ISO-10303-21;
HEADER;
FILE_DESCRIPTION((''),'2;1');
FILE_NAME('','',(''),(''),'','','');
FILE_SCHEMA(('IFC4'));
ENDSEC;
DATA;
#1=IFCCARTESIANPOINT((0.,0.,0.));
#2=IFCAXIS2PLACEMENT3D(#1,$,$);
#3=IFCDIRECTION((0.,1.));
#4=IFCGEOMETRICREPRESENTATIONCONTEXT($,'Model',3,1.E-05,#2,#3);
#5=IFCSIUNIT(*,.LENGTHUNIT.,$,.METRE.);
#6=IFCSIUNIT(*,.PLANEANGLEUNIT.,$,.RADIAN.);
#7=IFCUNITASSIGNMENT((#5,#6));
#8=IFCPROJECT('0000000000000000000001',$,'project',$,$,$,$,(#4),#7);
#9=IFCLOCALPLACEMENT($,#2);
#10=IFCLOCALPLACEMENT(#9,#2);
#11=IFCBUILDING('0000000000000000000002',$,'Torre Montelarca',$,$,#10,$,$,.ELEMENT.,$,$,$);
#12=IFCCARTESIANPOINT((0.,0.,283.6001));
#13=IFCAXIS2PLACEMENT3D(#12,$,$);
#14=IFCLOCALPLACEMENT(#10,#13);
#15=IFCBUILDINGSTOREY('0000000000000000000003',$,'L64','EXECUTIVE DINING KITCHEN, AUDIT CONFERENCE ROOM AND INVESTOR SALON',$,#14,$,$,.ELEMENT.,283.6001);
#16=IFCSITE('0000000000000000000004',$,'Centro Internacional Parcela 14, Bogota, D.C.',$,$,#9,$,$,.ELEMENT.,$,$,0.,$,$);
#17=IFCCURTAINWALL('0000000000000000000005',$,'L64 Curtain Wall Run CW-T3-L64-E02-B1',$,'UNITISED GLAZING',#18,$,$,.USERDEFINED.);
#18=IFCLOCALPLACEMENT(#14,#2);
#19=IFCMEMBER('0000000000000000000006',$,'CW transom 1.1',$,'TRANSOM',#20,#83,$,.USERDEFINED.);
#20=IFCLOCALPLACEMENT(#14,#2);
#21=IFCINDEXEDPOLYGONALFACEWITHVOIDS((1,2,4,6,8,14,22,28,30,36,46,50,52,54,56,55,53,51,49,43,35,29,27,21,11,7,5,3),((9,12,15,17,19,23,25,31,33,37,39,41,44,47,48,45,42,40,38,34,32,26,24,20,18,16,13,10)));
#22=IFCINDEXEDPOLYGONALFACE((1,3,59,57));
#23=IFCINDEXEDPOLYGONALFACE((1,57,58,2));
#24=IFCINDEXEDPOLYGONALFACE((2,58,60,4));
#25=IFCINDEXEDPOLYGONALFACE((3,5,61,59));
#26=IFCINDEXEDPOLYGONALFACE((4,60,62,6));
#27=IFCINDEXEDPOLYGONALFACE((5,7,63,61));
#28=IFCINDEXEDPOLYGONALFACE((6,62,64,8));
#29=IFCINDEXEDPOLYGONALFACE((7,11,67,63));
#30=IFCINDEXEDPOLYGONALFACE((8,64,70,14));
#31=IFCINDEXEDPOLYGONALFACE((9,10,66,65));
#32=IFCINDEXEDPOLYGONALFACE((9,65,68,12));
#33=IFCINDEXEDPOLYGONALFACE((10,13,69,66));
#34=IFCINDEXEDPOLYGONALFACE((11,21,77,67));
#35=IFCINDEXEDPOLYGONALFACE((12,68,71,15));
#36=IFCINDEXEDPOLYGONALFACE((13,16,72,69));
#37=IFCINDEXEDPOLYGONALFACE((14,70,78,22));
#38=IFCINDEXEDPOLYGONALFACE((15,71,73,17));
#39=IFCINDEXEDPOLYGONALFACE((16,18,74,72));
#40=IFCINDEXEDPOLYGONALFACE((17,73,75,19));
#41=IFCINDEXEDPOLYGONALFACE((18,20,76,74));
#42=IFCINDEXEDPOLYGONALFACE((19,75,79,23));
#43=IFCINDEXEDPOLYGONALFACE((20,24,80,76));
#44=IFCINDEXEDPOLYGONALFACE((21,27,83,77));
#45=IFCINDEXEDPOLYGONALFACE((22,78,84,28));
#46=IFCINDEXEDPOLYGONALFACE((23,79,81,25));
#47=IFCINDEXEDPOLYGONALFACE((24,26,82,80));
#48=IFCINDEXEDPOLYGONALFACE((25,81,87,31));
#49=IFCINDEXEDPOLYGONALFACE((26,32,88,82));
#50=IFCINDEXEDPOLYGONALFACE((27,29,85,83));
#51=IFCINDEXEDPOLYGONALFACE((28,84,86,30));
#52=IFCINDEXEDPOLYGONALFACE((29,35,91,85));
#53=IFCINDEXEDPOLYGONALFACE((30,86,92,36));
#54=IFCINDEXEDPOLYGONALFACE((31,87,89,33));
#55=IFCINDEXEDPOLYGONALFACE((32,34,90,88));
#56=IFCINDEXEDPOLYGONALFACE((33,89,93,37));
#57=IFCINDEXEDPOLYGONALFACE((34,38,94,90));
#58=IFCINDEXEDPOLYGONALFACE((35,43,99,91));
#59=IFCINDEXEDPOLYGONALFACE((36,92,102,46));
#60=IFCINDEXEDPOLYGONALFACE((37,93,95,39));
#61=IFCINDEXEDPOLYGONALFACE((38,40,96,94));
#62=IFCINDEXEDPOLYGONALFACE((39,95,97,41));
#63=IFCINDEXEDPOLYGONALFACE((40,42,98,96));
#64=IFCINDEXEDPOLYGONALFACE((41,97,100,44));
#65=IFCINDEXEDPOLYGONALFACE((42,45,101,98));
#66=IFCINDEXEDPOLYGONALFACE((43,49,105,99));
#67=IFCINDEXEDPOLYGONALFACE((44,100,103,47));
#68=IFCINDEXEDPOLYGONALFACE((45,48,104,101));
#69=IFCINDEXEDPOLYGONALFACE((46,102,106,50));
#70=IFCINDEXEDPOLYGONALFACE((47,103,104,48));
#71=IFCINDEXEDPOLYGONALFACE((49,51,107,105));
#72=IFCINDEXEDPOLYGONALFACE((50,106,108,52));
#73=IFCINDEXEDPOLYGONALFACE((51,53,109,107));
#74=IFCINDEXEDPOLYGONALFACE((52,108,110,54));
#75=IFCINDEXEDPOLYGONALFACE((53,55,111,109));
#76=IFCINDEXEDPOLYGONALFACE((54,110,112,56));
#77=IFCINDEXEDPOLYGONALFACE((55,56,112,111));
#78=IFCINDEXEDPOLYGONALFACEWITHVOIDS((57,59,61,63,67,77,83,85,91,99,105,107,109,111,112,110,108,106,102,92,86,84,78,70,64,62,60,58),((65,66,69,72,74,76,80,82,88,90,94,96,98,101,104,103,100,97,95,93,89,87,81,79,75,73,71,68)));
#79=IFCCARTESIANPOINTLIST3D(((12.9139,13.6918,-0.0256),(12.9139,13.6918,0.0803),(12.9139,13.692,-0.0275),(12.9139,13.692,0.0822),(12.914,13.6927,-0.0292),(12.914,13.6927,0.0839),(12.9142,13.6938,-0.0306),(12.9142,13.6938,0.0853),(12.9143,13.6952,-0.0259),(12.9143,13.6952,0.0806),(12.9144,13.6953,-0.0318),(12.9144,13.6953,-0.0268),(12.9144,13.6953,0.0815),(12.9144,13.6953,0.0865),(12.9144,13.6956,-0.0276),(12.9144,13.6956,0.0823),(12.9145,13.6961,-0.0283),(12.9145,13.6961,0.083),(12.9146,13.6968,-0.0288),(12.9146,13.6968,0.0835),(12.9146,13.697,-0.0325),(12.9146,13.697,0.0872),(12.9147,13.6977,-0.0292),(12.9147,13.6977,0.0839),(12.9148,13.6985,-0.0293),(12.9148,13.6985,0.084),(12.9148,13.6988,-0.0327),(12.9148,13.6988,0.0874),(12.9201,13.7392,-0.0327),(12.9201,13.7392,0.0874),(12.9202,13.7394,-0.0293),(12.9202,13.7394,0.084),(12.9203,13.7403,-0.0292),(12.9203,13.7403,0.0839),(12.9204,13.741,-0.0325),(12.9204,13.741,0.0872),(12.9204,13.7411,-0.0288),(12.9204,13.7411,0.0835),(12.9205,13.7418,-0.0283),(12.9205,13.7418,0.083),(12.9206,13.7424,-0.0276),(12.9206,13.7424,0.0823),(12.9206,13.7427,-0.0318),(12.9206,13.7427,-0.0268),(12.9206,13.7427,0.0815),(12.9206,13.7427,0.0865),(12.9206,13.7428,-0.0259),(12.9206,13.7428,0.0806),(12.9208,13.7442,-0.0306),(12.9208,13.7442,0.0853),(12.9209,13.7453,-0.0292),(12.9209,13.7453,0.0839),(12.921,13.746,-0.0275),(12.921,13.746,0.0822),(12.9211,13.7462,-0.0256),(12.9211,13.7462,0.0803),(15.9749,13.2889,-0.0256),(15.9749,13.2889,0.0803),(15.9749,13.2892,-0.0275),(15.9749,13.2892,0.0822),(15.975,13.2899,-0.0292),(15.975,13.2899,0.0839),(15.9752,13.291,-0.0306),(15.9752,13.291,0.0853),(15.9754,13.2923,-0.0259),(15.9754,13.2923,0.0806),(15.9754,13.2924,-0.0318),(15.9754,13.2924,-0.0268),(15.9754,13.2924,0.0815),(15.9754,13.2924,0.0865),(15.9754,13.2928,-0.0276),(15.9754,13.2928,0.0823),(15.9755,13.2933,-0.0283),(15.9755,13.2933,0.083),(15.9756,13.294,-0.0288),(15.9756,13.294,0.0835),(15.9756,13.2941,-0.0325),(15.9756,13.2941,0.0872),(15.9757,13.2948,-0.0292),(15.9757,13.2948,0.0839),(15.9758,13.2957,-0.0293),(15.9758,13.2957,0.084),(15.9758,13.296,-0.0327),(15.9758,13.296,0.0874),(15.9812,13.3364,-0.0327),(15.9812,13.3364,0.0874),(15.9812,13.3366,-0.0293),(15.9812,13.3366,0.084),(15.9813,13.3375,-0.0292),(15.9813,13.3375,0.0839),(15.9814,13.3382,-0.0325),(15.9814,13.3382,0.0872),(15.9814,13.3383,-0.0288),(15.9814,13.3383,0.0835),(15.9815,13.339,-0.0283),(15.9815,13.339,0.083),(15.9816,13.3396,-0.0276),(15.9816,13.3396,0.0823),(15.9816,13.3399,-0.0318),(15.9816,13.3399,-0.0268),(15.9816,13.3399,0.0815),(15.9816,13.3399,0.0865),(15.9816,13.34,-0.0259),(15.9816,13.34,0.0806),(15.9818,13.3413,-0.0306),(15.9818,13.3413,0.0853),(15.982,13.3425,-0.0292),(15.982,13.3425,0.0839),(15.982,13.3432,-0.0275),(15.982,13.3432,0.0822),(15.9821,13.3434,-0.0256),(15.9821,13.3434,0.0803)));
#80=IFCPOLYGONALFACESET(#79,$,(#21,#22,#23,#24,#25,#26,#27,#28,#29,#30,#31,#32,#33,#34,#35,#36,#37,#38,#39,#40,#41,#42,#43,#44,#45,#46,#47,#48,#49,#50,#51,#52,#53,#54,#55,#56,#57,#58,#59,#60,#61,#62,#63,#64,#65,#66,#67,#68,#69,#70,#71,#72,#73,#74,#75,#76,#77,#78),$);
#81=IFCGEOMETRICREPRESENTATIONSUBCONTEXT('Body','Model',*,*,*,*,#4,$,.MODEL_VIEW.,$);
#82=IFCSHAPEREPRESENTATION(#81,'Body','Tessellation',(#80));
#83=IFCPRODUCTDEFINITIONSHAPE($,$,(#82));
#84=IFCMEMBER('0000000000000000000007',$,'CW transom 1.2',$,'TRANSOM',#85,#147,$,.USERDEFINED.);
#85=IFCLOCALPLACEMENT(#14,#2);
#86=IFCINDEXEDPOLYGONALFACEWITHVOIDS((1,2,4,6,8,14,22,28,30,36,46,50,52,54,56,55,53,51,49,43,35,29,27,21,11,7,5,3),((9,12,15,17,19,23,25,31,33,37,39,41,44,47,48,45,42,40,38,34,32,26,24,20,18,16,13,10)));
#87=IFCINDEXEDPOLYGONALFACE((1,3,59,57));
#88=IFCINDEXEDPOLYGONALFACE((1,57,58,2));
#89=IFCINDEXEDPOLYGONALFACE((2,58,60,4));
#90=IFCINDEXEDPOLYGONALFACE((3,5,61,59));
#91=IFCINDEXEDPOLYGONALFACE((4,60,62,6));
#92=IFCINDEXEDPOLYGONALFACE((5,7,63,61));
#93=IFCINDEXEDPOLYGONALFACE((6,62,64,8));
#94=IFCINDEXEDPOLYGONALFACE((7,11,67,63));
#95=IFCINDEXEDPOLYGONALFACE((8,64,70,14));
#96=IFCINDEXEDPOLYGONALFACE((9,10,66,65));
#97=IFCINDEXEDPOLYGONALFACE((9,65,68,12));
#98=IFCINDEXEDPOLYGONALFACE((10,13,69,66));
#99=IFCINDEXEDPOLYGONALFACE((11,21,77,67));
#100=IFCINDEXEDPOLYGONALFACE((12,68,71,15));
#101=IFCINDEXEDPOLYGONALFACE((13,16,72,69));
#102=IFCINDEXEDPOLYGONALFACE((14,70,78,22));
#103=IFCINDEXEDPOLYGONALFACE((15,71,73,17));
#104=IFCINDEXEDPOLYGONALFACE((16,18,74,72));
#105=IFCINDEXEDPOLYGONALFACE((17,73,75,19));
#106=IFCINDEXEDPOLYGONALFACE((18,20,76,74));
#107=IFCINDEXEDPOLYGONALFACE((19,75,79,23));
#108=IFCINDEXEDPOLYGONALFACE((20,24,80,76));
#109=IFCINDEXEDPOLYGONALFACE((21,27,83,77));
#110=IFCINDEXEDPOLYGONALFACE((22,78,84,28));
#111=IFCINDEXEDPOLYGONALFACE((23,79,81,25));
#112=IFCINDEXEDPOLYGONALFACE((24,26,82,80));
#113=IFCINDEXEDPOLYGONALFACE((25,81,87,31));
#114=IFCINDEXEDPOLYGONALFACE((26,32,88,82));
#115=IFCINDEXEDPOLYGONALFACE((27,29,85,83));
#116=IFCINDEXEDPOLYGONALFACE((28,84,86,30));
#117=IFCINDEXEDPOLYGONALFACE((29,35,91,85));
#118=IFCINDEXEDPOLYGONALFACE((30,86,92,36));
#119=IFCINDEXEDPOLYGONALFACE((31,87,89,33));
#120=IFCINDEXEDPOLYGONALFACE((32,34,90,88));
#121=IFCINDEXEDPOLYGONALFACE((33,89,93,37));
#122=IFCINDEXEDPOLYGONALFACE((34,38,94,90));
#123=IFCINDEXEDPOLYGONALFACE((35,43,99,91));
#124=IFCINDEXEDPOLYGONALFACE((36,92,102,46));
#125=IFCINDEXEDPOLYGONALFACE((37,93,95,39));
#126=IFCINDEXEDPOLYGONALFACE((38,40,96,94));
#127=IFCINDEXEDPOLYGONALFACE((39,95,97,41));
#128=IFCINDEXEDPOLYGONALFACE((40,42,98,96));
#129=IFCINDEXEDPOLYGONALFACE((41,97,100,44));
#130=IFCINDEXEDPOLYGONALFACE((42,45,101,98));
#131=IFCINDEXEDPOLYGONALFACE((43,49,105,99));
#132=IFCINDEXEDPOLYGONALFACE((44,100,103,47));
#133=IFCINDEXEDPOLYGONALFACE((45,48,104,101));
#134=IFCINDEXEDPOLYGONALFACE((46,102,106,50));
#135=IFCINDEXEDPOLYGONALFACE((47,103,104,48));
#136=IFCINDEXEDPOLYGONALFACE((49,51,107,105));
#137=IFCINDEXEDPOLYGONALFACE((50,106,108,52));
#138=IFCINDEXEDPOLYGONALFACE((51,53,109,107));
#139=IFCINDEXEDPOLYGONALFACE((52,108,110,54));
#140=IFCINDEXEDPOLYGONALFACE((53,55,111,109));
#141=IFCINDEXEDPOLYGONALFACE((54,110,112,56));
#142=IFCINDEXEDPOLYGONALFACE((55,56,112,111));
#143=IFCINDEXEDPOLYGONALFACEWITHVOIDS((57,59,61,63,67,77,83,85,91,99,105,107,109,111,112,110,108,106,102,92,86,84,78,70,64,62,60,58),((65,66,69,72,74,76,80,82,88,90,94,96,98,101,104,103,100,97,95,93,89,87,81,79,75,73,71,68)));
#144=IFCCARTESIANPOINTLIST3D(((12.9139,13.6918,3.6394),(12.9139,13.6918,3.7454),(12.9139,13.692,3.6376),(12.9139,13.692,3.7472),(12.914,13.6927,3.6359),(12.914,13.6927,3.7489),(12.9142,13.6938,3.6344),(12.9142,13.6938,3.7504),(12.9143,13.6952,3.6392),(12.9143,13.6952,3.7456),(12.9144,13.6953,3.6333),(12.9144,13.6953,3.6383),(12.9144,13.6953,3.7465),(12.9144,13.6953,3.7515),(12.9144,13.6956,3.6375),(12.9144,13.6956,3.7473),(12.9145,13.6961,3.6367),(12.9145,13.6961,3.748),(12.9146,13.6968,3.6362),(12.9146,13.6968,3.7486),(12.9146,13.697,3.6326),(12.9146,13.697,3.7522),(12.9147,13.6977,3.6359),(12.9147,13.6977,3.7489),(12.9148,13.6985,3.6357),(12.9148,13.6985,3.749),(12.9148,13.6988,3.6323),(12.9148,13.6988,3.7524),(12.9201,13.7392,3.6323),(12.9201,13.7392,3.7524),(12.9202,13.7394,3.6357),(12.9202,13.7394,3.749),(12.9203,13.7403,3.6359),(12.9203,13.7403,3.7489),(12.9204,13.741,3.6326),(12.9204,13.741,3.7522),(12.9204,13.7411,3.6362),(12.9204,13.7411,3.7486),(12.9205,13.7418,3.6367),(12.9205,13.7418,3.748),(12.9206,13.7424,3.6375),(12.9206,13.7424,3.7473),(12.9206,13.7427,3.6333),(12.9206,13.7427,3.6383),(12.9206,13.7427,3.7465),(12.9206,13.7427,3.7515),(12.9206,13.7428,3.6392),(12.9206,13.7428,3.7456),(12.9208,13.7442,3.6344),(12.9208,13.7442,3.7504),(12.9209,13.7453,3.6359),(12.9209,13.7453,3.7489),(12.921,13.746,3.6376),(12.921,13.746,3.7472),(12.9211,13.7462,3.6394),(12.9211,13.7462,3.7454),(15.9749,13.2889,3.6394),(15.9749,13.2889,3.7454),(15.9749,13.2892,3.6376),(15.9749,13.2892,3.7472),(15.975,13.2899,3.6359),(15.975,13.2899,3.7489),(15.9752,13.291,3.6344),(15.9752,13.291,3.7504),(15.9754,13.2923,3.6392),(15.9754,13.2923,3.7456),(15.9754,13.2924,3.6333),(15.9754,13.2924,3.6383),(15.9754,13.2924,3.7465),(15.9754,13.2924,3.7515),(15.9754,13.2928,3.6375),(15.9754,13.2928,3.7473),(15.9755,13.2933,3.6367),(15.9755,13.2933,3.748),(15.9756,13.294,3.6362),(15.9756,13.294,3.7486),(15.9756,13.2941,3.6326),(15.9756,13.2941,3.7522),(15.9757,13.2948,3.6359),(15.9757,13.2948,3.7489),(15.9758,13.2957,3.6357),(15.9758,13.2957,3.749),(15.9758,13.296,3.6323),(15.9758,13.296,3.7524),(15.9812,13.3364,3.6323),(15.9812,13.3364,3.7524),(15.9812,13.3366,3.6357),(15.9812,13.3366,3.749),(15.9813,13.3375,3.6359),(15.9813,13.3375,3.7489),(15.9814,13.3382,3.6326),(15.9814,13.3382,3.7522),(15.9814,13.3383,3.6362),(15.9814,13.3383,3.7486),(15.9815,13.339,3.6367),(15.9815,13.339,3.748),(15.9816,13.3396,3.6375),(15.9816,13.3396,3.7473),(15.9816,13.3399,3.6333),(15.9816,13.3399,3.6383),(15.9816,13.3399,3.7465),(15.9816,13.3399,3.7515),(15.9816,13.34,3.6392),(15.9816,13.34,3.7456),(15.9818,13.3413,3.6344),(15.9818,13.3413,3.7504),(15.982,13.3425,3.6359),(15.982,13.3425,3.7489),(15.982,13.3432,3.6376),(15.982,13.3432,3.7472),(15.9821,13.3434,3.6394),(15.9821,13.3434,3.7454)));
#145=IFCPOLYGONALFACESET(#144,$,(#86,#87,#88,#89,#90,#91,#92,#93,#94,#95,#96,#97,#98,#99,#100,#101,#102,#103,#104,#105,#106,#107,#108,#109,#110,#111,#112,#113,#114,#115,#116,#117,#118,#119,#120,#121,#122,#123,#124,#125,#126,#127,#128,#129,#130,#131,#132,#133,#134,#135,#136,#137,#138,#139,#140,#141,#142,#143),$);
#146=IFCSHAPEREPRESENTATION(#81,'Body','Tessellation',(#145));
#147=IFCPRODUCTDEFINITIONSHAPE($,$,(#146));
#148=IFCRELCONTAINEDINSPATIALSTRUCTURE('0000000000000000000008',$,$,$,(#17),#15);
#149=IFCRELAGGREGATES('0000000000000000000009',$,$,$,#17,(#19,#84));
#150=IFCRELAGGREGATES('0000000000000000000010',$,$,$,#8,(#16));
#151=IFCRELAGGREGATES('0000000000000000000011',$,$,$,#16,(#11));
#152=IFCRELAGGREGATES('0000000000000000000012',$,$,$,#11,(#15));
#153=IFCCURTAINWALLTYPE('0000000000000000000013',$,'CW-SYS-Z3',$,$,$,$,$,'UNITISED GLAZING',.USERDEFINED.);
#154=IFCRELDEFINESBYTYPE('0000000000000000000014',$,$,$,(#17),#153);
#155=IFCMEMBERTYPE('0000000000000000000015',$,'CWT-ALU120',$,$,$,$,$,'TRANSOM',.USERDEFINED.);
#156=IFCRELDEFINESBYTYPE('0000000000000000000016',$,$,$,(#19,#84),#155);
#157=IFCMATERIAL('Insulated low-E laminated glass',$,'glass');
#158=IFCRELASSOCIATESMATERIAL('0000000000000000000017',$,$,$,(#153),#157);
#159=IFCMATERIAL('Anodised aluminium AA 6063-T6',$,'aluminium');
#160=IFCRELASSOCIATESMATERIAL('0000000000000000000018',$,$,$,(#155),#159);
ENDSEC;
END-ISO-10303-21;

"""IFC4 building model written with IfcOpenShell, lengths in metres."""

from ifc_helpers import new_model, si_unit, direction, frame, origin, origin_2d, place, context, subcontext, project, spatial, hollow_rectangle, extrude, source, transform, mapped, material, material_profile, profile_set, type_object, element, aggregate, save


model = new_model("IFC4")

# Units and contexts
model_context = context("Model", 3, precision=1e-05, world=origin(), true_north=direction((0.0, 1.0)))
body_context = subcontext(model_context, "Body", "Model", "MODEL_VIEW")
ifc_project = project(units=[si_unit("LENGTHUNIT", "METRE"), si_unit("PLANEANGLEUNIT", "RADIAN")], contexts=[model_context])

# Site, building, storey
site_placement = place(None, origin())
site = spatial("IfcSite", under=ifc_project, at=site_placement, Name="Centro Internacional Parcela 14, Bogota, D.C.", CompositionType="ELEMENT", RefElevation=0.0)
building_placement = place(site_placement, origin())
building = spatial("IfcBuilding", under=site, at=building_placement, Name="Torre Montelarca", CompositionType="ELEMENT")
storey_placement = place(building_placement, frame((0.0, 0.0, 283.6001)))
storey = spatial("IfcBuildingStorey", under=building, at=storey_placement, Name="L64", Description="EXECUTIVE DINING KITCHEN, AUDIT CONFERENCE ROOM AND INVESTOR SALON", CompositionType="ELEMENT", Elevation=283.6001)

# Curtain wall, members
ifc_material_1 = material(Name="Insulated low-E laminated glass", Category="glass")
curtain_wall_type = type_object("IfcCurtainWallType", Name="CW-SYS-Z3", ElementType="UNITISED GLAZING", PredefinedType="USERDEFINED", material=ifc_material_1)
curtain_wall_1_placement = place(storey_placement, origin())
curtain_wall_1 = element("IfcCurtainWall", 1, at=curtain_wall_1_placement, inside=storey, type_object=curtain_wall_type, Name="L64 Curtain Wall Run CW-T3-L64-E02-B1", ObjectType="UNITISED GLAZING", PredefinedType="USERDEFINED")
ifc_material_2 = material(Name="Anodised aluminium AA 6063-T6", Category="aluminium")
ifc_material_profile_1 = material_profile(ifc_material_2, hollow_rectangle(XDim=0.0549, YDim=0.1201, WallThickness=0.0034, InnerFilletRadius=0.0034, OuterFilletRadius=0.0071, at=origin_2d()), Name="ALU55X120X3.5", Category="aluminium")
ifc_profile_set_1 = profile_set([ifc_material_profile_1], Name="Anodised aluminium AA 6063-T6")
member_type_1 = type_object("IfcMemberType", Name="CWT-ALU120", ElementType="TRANSOM", PredefinedType="USERDEFINED", material=ifc_profile_set_1)
shared_shape_1 = source(origin(), body_context, "Body", "SweptSolid", [
    extrude(hollow_rectangle(XDim=0.0549, YDim=0.1201, WallThickness=0.0034, InnerFilletRadius=0.0034, OuterFilletRadius=0.0071, at=origin_2d()), origin(), (0.0, 0.0, 1.0), 3.0874),
])
member_1_placement = place(storey_placement, frame((12.9175, 13.719, 0.0273), z_axis=(0.991452, -0.130475, 0.0), x_axis=(0.130475, 0.991452, 0.0)))
member_1 = element("IfcMember", 2, at=member_1_placement, type_object=member_type_1, Name="CW transom 1.1", ObjectType="TRANSOM", PredefinedType="USERDEFINED", context=body_context, shape_type="MappedRepresentation", body=[
    mapped(shared_shape_1, transform((0.0, 0.0, 0.0), scale=1.0)),
])
member_2_placement = place(storey_placement, frame((12.9175, 13.719, 3.6924), z_axis=(0.991452, -0.130475, 0.0), x_axis=(0.130475, 0.991452, 0.0)))
member_2 = element("IfcMember", 3, at=member_2_placement, type_object=member_type_1, Name="CW transom 1.2", ObjectType="TRANSOM", PredefinedType="USERDEFINED", context=body_context, shape_type="MappedRepresentation", body=[
    mapped(shared_shape_1, transform((0.0, 0.0, 0.0), scale=1.0)),
])

aggregate(curtain_wall_1, [member_1, member_2])

save(model, "model.ifc")
